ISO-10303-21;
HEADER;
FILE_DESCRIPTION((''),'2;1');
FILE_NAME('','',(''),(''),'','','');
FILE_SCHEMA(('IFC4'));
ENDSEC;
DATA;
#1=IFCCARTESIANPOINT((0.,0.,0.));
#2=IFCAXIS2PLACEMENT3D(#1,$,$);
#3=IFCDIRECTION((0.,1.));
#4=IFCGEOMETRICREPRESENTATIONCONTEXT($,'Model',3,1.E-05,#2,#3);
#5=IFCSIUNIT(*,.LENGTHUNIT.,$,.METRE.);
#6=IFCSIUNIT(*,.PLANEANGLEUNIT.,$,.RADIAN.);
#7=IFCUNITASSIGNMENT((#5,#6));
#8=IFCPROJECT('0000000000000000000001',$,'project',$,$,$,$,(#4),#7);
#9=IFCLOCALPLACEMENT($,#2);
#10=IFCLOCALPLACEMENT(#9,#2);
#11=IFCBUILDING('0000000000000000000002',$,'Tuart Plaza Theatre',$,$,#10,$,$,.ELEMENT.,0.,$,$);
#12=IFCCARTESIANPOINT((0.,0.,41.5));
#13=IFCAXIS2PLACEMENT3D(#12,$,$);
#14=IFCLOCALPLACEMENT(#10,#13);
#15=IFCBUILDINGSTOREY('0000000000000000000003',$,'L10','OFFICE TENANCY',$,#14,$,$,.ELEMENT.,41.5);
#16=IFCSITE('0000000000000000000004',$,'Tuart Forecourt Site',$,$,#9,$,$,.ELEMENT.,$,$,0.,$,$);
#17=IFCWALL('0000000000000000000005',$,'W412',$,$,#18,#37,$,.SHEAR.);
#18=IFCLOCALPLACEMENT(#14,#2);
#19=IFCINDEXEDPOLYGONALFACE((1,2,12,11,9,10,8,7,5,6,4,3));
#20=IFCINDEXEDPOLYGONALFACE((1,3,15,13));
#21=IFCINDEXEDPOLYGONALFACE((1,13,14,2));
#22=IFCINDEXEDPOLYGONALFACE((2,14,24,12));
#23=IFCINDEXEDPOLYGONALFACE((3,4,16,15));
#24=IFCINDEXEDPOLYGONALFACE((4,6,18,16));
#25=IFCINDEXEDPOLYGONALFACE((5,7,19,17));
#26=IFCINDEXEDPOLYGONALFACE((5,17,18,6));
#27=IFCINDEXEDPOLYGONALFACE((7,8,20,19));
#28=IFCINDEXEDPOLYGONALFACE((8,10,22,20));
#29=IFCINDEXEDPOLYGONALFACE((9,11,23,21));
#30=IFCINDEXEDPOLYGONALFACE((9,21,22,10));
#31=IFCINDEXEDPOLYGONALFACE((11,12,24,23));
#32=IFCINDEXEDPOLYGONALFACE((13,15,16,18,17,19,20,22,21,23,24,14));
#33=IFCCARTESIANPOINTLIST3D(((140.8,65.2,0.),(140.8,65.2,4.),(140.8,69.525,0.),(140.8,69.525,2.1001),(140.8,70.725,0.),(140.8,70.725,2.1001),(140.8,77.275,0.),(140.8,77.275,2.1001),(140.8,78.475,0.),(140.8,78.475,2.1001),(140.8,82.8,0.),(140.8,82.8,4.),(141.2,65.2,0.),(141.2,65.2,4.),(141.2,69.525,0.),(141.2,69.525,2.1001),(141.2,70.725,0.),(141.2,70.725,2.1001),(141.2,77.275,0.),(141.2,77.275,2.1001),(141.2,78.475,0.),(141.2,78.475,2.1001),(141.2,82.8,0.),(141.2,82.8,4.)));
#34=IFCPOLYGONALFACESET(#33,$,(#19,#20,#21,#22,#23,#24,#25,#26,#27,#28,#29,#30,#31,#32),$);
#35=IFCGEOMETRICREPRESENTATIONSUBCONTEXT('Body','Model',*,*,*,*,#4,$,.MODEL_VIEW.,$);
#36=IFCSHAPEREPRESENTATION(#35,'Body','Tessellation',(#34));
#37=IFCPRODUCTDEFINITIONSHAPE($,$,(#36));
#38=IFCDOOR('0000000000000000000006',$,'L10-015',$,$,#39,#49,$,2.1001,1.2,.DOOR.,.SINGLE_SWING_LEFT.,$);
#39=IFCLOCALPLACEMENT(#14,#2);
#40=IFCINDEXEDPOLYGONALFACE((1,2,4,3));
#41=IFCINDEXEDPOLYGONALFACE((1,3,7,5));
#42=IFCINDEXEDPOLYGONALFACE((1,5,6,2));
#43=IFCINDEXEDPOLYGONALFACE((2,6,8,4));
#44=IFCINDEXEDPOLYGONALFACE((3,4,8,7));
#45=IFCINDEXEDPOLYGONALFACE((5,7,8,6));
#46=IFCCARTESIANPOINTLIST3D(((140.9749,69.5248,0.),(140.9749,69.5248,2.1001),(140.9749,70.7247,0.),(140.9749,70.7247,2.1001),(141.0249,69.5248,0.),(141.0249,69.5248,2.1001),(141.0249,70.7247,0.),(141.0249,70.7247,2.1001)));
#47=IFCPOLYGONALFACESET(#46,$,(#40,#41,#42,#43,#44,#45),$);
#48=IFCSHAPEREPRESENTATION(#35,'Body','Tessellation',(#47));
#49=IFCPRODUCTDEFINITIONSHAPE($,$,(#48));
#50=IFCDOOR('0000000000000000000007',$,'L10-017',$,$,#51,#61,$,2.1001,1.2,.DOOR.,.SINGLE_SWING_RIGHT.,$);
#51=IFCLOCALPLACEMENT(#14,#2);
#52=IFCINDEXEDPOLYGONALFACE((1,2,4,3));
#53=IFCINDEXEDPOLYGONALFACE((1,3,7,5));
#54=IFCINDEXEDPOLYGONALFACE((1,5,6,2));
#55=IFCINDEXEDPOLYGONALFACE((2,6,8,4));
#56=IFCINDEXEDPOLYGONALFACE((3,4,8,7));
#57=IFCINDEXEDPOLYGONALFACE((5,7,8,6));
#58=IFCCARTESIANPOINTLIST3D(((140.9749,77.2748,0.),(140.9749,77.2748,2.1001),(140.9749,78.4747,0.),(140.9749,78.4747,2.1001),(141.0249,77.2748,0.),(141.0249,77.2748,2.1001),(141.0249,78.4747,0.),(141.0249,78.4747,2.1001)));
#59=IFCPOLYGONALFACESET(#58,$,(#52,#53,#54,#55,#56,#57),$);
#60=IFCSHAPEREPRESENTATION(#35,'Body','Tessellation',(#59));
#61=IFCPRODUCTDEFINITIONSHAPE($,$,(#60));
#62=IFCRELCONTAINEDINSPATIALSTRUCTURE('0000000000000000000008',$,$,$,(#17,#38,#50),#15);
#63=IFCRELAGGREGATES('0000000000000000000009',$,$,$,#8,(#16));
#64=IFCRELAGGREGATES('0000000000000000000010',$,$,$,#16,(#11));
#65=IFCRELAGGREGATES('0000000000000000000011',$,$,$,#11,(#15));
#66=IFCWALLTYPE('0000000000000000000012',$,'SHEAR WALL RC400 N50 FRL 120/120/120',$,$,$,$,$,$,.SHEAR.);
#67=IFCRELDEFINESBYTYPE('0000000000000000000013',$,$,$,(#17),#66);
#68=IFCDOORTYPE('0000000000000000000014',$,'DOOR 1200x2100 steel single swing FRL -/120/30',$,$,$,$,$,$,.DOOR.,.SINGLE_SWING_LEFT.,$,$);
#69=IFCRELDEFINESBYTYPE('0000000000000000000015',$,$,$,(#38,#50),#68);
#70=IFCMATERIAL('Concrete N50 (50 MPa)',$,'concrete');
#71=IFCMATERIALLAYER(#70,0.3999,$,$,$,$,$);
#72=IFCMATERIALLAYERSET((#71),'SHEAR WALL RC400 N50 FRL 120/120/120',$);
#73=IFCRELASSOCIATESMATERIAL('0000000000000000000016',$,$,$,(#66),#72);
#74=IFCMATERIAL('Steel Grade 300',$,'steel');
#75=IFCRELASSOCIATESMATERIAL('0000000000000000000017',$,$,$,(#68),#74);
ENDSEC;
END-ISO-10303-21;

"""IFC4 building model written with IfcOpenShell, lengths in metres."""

from ifc_helpers import new_model, si_unit, direction, frame, frame_2d, origin, place, context, subcontext, project, spatial, rectangle, extrude, material, layer, layer_set, type_object, element, fill, save


model = new_model("IFC4")

# Units and contexts
model_context = context("Model", 3, precision=1e-05, world=origin(), true_north=direction((0.0, 1.0)))
body_context = subcontext(model_context, "Body", "Model", "MODEL_VIEW")
ifc_project = project(units=[si_unit("LENGTHUNIT", "METRE"), si_unit("PLANEANGLEUNIT", "RADIAN")], contexts=[model_context])

# Site, building, storey
site_placement = place(None, origin())
site = spatial("IfcSite", under=ifc_project, at=site_placement, Name="Tuart Forecourt Site", CompositionType="ELEMENT", RefElevation=0.0)
building_placement = place(site_placement, origin())
building = spatial("IfcBuilding", under=site, at=building_placement, Name="Tuart Plaza Theatre", CompositionType="ELEMENT", ElevationOfRefHeight=0.0)
storey_placement = place(building_placement, frame((0.0, 0.0, 41.5)))
storey = spatial("IfcBuildingStorey", under=building, at=storey_placement, Name="L10", Description="OFFICE TENANCY", CompositionType="ELEMENT", Elevation=41.5)

# Wall, openings, doors
ifc_material_1 = material(Name="Concrete N50 (50 MPa)", Category="concrete")
ifc_layer_1 = layer(ifc_material_1, 0.3999)
ifc_layer_set_1 = layer_set([ifc_layer_1], Name="SHEAR WALL RC400 N50 FRL 120/120/120")
wall_type_1 = type_object("IfcWallType", Name="SHEAR WALL RC400 N50 FRL 120/120/120", PredefinedType="SHEAR", material=ifc_layer_set_1)
wall_1_placement = place(storey_placement, frame((141.0, 65.2, 0.0), z_axis=(0.0, 0.0, 1.0), x_axis=(0.0, 1.0, 0.0)))
wall_1 = element("IfcWall", 1, at=wall_1_placement, inside=storey, type_object=wall_type_1, Name="W412", PredefinedType="SHEAR", context=body_context, shape_type="SweptSolid", body=[
    extrude(rectangle(XDim=17.6001, YDim=0.3999, at=frame_2d((8.8, 0.0))), origin(), (0.0, 0.0, 1.0), 4.0),
])
opening_1_placement = place(wall_1_placement, frame((4.325, 0.0, 0.0)))
opening_1 = element("IfcOpeningElement", 2, at=opening_1_placement, cuts=wall_1, PredefinedType="OPENING", context=body_context, shape_type="SweptSolid", body=[
    extrude(rectangle(XDim=1.2, YDim=2.1001, at=frame_2d((0.6001, 1.05))), frame((0.0, 0.21, 0.0), z_axis=(0.0, -1.0, 0.0), x_axis=(1.0, 0.0, 0.0)), (0.0, 0.0, 1.0), 0.4199),
])
opening_2_placement = place(wall_1_placement, frame((12.075, 0.0, 0.0)))
opening_2 = element("IfcOpeningElement", 3, at=opening_2_placement, cuts=wall_1, PredefinedType="OPENING", context=body_context, shape_type="SweptSolid", body=[
    extrude(rectangle(XDim=1.2, YDim=2.1001, at=frame_2d((0.6001, 1.05))), frame((0.0, 0.21, 0.0), z_axis=(0.0, -1.0, 0.0), x_axis=(1.0, 0.0, 0.0)), (0.0, 0.0, 1.0), 0.4199),
])
ifc_material_2 = material(Name="Steel Grade 300", Category="steel")
door_type_1 = type_object("IfcDoorType", Name="DOOR 1200x2100 steel single swing FRL -/120/30", OperationType="SINGLE_SWING_LEFT", PredefinedType="DOOR", material=ifc_material_2)
door_1_placement = place(opening_1_placement, frame((1.2, 0.0, 0.0), z_axis=(0.0, 0.0, 1.0), x_axis=(-1.0, 0.0, 0.0)))
door_1 = element("IfcDoor", 4, at=door_1_placement, inside=storey, type_object=door_type_1, Name="L10-015", OperationType="SINGLE_SWING_LEFT", OverallHeight=2.1001, OverallWidth=1.2, PredefinedType="DOOR", context=body_context, shape_type="SweptSolid", body=[
    extrude(rectangle(XDim=1.2, YDim=2.1001, at=frame_2d((0.6001, 1.05))), frame((0.0, 0.0249, 0.0), z_axis=(0.0, -1.0, 0.0), x_axis=(1.0, 0.0, 0.0)), (0.0, 0.0, 1.0), 0.05),
])
fill(opening_1, door_1)
door_2_placement = place(opening_2_placement, frame((1.2, 0.0, 0.0), z_axis=(0.0, 0.0, 1.0), x_axis=(-1.0, 0.0, 0.0)))
door_2 = element("IfcDoor", 5, at=door_2_placement, inside=storey, type_object=door_type_1, Name="L10-017", OperationType="SINGLE_SWING_RIGHT", OverallHeight=2.1001, OverallWidth=1.2, PredefinedType="DOOR", context=body_context, shape_type="SweptSolid", body=[
    extrude(rectangle(XDim=1.2, YDim=2.1001, at=frame_2d((0.6001, 1.05))), frame((0.0, 0.0249, 0.0), z_axis=(0.0, -1.0, 0.0), x_axis=(1.0, 0.0, 0.0)), (0.0, 0.0, 1.0), 0.05),
])
fill(opening_2, door_2)

save(model, "model.ifc")
